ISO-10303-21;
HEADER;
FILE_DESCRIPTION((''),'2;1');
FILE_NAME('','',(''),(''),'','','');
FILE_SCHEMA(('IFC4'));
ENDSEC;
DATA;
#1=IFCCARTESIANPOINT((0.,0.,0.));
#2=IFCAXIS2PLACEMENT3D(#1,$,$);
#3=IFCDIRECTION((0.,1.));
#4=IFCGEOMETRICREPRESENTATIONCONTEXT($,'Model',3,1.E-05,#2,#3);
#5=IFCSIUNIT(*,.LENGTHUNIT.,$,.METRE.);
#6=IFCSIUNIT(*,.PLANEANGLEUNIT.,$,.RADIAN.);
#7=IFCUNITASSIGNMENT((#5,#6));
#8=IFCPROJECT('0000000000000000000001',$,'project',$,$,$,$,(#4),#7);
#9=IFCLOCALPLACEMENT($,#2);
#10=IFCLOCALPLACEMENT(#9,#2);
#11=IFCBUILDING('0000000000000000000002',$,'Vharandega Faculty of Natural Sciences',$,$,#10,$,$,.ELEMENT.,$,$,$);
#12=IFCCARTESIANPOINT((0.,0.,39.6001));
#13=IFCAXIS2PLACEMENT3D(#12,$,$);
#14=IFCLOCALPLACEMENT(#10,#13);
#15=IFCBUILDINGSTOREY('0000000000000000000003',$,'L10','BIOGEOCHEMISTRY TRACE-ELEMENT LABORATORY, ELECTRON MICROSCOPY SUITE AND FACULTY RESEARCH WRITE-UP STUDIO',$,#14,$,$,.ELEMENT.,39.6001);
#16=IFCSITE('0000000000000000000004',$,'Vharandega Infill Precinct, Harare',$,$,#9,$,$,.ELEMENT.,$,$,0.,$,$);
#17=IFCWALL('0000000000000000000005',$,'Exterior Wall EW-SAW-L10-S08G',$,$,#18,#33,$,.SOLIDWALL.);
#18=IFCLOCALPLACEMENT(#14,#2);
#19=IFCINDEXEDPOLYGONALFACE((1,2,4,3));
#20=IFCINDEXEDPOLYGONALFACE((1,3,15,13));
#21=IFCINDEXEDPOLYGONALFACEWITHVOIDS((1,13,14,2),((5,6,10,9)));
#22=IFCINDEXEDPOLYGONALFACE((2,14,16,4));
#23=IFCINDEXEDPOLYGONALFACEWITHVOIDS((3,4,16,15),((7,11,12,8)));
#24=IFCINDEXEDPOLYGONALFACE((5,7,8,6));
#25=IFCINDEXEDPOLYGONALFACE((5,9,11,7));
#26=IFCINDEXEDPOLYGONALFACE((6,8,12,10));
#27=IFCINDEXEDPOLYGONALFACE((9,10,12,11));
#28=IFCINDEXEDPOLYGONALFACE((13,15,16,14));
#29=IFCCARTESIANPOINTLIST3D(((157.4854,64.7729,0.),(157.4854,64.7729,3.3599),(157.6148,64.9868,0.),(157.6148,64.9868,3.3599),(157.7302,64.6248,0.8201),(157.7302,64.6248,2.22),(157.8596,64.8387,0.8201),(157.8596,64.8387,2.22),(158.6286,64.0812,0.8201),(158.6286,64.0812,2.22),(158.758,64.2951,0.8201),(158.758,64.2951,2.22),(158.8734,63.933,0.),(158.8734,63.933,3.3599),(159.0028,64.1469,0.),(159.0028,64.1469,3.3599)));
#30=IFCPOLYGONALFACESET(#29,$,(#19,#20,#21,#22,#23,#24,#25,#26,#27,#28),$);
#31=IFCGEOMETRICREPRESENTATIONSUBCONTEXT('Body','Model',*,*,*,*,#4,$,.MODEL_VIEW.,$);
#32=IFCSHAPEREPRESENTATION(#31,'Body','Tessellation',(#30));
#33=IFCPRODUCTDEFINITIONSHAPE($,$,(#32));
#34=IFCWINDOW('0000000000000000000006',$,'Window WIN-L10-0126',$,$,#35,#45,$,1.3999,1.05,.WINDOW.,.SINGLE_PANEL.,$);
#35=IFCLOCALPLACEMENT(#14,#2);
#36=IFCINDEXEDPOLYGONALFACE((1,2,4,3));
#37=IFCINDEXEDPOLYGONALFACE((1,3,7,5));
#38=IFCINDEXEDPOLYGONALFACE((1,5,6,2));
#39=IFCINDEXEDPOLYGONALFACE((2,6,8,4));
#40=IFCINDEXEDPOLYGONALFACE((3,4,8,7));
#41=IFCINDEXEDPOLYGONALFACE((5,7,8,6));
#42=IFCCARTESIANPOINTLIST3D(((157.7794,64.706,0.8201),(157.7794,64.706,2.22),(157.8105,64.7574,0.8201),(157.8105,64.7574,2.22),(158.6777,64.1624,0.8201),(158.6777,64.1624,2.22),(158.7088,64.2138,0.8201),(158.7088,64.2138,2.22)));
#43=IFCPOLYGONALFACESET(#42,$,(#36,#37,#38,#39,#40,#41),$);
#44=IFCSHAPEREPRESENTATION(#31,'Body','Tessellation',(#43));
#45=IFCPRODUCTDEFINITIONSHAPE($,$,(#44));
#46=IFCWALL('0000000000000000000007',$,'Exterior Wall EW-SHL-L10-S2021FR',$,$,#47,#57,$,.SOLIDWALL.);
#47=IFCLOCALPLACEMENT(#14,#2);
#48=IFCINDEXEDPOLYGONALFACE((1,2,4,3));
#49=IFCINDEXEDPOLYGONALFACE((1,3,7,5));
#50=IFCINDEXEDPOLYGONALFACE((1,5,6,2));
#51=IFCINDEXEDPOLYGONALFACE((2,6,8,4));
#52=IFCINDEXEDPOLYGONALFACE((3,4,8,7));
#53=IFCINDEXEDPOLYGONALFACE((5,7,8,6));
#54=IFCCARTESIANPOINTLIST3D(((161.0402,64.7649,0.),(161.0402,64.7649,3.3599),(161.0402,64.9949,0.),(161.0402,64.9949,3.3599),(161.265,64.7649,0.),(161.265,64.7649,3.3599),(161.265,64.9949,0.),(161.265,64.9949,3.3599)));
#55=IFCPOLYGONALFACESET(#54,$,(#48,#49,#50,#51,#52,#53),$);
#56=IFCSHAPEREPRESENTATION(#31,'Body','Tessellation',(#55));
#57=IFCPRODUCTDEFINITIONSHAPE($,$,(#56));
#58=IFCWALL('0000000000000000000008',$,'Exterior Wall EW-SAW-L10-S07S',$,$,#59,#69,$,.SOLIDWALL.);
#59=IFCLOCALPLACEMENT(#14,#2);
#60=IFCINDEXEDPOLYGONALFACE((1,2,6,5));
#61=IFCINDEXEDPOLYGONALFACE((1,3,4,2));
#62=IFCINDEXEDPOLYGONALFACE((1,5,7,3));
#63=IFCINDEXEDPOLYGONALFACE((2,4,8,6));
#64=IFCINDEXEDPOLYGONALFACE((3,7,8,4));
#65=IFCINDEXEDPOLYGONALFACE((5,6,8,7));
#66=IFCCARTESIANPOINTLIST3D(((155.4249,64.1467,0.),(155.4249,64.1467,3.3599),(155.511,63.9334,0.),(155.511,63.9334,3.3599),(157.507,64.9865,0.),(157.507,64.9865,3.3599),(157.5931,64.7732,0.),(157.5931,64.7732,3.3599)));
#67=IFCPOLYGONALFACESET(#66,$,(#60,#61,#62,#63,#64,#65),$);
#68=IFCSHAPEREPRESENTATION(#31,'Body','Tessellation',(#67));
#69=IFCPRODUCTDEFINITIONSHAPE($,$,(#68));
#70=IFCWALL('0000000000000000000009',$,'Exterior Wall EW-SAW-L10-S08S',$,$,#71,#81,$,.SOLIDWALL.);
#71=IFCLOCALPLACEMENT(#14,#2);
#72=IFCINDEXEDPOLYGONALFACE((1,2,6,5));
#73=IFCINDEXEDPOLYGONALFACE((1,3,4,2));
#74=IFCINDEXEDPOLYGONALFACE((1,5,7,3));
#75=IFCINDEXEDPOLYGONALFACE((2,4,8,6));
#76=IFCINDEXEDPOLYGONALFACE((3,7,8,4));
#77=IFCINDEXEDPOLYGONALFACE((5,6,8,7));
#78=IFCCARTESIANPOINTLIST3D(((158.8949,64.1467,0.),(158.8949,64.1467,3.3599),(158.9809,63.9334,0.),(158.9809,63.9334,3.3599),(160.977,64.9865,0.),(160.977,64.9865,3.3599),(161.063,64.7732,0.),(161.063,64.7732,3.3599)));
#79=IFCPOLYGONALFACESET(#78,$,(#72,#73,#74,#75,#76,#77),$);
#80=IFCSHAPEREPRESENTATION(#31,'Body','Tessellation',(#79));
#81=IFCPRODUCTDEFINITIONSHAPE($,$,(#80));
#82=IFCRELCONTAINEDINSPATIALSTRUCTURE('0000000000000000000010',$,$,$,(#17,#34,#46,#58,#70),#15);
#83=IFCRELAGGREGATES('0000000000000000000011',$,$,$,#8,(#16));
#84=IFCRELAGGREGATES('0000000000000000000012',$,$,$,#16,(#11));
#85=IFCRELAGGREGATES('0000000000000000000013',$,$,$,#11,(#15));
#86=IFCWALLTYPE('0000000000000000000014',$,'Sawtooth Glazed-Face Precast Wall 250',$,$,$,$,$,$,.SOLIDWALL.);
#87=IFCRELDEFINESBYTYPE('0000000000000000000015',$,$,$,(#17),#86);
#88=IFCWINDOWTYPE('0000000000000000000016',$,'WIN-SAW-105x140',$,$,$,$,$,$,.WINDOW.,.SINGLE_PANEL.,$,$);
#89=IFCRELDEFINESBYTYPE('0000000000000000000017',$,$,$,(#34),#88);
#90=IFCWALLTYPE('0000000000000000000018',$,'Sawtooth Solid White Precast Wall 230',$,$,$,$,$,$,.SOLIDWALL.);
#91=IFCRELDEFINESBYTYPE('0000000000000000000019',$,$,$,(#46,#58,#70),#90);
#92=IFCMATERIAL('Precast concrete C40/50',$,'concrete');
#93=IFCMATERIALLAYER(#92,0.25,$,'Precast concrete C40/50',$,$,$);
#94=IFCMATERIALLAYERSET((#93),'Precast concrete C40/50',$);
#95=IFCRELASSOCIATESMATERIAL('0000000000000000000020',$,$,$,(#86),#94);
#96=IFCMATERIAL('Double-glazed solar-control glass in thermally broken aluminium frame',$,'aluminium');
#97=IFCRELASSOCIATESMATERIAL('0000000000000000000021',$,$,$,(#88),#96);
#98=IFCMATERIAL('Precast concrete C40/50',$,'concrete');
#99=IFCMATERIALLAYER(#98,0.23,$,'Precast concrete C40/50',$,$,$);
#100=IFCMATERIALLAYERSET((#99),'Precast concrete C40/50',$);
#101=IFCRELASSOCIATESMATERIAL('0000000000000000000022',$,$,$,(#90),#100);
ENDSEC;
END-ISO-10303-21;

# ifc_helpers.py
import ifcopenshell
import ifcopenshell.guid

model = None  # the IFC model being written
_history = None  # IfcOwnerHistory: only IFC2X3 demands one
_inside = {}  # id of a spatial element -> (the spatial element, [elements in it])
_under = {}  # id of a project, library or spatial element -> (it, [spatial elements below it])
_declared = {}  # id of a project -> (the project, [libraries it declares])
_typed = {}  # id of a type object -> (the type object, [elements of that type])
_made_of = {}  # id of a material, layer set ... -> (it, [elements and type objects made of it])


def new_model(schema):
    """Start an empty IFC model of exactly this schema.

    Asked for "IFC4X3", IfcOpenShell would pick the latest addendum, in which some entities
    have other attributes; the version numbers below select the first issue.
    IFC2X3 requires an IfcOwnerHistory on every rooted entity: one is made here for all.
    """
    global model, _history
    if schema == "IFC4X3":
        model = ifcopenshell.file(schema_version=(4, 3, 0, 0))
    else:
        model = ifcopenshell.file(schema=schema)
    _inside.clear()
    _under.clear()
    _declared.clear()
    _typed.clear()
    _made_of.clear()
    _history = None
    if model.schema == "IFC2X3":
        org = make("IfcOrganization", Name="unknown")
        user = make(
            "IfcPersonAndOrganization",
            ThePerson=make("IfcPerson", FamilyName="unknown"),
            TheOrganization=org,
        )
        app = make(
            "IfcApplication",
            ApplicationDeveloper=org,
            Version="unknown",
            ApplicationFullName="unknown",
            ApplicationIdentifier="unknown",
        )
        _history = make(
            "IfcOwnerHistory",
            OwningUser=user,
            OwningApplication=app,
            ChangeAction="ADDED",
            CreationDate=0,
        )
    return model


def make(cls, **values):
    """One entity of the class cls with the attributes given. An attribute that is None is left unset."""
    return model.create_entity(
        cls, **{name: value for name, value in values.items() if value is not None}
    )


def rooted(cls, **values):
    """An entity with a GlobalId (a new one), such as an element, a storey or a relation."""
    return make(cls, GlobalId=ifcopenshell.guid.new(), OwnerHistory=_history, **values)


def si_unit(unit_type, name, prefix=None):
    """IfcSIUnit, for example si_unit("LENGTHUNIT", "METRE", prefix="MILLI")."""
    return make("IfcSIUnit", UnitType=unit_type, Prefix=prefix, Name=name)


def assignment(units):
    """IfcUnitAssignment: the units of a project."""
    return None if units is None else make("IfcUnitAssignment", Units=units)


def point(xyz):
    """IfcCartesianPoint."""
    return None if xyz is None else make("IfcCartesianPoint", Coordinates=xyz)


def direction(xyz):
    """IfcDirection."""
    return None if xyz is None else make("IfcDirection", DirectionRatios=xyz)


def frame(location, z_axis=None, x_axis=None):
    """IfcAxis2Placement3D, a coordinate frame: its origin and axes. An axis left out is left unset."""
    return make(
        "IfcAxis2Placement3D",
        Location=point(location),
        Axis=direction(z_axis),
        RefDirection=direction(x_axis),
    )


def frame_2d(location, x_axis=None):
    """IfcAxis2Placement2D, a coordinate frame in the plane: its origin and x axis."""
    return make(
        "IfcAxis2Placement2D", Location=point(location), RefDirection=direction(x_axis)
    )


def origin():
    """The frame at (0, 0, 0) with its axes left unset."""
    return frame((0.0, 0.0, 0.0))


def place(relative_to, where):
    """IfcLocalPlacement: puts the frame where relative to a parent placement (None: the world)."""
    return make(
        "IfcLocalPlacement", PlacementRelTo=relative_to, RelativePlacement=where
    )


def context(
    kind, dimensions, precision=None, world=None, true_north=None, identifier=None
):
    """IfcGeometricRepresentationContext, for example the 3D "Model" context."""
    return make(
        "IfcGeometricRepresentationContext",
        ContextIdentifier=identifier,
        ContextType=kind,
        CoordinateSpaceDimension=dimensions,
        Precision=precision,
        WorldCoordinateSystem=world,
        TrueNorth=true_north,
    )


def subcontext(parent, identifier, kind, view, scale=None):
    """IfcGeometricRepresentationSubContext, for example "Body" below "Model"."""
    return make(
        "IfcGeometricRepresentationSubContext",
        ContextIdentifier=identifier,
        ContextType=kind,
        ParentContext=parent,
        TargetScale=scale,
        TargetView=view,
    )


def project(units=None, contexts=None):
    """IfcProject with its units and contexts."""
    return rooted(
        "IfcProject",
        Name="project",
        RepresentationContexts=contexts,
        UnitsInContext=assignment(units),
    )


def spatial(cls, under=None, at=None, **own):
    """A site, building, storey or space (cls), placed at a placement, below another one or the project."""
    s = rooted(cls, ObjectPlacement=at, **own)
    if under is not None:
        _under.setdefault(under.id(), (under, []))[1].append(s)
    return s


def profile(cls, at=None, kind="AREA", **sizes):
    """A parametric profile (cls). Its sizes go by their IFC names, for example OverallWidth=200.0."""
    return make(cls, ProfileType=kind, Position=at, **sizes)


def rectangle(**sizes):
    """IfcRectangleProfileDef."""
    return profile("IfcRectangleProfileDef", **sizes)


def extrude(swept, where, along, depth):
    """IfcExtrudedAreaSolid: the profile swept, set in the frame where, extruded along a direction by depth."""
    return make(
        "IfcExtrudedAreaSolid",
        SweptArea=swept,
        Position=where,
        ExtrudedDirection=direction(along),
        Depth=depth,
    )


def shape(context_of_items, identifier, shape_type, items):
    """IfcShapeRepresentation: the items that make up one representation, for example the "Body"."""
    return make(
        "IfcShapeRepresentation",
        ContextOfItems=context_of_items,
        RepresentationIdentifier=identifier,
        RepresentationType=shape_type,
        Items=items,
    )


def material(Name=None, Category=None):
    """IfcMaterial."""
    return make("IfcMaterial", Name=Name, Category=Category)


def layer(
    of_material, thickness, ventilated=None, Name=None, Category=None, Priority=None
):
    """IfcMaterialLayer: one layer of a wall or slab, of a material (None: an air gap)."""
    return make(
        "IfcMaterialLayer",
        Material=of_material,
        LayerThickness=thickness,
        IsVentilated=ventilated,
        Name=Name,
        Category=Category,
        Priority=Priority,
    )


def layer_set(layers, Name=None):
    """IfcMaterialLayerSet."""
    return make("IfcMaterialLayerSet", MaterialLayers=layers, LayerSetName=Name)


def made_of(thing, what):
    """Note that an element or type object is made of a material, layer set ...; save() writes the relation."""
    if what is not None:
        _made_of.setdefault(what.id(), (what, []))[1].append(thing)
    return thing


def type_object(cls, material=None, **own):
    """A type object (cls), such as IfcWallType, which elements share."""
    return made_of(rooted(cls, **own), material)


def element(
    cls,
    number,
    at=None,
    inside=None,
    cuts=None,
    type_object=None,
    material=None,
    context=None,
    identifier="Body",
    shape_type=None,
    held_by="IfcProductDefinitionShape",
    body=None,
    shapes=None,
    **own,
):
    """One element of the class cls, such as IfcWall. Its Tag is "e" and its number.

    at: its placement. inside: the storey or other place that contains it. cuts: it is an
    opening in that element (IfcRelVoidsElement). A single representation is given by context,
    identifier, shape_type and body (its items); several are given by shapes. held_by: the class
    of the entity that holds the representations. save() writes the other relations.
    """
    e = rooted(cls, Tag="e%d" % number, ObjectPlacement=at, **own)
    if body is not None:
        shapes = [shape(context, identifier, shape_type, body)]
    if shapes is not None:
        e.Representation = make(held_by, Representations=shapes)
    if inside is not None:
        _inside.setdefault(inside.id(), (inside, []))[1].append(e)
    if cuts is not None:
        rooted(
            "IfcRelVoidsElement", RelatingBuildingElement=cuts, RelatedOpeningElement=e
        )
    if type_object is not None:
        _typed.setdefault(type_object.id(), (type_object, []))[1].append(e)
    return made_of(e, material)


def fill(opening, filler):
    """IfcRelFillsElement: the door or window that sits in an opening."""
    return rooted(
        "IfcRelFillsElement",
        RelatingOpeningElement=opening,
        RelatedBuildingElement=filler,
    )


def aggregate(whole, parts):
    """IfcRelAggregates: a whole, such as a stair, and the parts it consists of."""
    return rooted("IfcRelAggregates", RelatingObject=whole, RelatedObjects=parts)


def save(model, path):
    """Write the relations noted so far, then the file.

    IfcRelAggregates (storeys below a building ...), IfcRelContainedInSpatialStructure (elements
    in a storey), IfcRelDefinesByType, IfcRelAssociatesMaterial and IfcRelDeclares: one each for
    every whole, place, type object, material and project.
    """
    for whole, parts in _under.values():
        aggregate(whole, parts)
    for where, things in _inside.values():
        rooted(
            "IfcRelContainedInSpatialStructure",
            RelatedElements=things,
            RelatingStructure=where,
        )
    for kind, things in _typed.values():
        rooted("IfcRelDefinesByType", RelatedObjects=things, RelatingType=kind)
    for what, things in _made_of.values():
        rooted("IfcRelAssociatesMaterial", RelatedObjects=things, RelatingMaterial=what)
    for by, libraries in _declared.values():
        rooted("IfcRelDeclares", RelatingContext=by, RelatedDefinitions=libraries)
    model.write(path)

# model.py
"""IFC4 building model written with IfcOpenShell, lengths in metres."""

from ifc_helpers import new_model, si_unit, direction, frame, frame_2d, origin, place, context, subcontext, project, spatial, rectangle, extrude, material, layer, layer_set, type_object, element, fill, save


model = new_model("IFC4")

# Units and contexts
model_context = context("Model", 3, precision=1e-05, world=origin(), true_north=direction((0.0, 1.0)))
body_context = subcontext(model_context, "Body", "Model", "MODEL_VIEW")
ifc_project = project(units=[si_unit("LENGTHUNIT", "METRE"), si_unit("PLANEANGLEUNIT", "RADIAN")], contexts=[model_context])

# Site, building, storey
site_placement = place(None, origin())
site = spatial("IfcSite", under=ifc_project, at=site_placement, Name="Vharandega Infill Precinct, Harare", CompositionType="ELEMENT", RefElevation=0.0)
building_placement = place(site_placement, origin())
building = spatial("IfcBuilding", under=site, at=building_placement, Name="Vharandega Faculty of Natural Sciences", CompositionType="ELEMENT")
storey_placement = place(building_placement, frame((0.0, 0.0, 39.6001)))
storey = spatial("IfcBuildingStorey", under=building, at=storey_placement, Name="L10", Description="BIOGEOCHEMISTRY TRACE-ELEMENT LABORATORY, ELECTRON MICROSCOPY SUITE AND FACULTY RESEARCH WRITE-UP STUDIO", CompositionType="ELEMENT", Elevation=39.6001)

# Wall, opening, window
ifc_material_1 = material(Name="Precast concrete C40/50", Category="concrete")
ifc_layer_1 = layer(ifc_material_1, 0.25, Name="Precast concrete C40/50")
ifc_layer_set_1 = layer_set([ifc_layer_1], Name="Precast concrete C40/50")
wall_type_1 = type_object("IfcWallType", Name="Sawtooth Glazed-Face Precast Wall 250", PredefinedType="SOLIDWALL", material=ifc_layer_set_1)
wall_1_placement = place(storey_placement, frame((158.938, 64.04, 0.0), z_axis=(0.0, 0.0, 1.0), x_axis=(-0.855561, 0.517701, 0.0)))
wall_1 = element("IfcWall", 1, at=wall_1_placement, inside=storey, type_object=wall_type_1, Name="Exterior Wall EW-SAW-L10-S08G", PredefinedType="SOLIDWALL", context=body_context, shape_type="SweptSolid", body=[
    extrude(rectangle(XDim=1.6223, YDim=0.25, at=frame_2d((0.811, 0.0))), origin(), (0.0, 0.0, 1.0), 3.3599),
])
opening_1_placement = place(wall_1_placement, frame((0.2861, 0.0, 0.8201)))
opening_1 = element("IfcOpeningElement", 2, at=opening_1_placement, cuts=wall_1, PredefinedType="OPENING", context=body_context, shape_type="SweptSolid", body=[
    extrude(rectangle(XDim=1.05, YDim=1.3999, at=frame_2d((0.5249, 0.7))), frame((0.0, 0.135, 0.0), z_axis=(0.0, -1.0, 0.0), x_axis=(1.0, 0.0, 0.0)), (0.0, 0.0, 1.0), 0.27),
])
ifc_material_2 = material(Name="Double-glazed solar-control glass in thermally broken aluminium frame", Category="aluminium")
window_type = type_object("IfcWindowType", Name="WIN-SAW-105x140", PartitioningType="SINGLE_PANEL", PredefinedType="WINDOW", material=ifc_material_2)
window_placement = place(opening_1_placement, origin())
window = element("IfcWindow", 3, at=window_placement, inside=storey, type_object=window_type, Name="Window WIN-L10-0126", OverallHeight=1.3999, OverallWidth=1.05, PartitioningType="SINGLE_PANEL", PredefinedType="WINDOW", context=body_context, shape_type="SweptSolid", body=[
    extrude(rectangle(XDim=1.05, YDim=1.3999, at=frame_2d((0.5249, 0.7))), frame((0.0, 0.03, 0.0), z_axis=(0.0, -1.0, 0.0), x_axis=(1.0, 0.0, 0.0)), (0.0, 0.0, 1.0), 0.0601),
])
fill(opening_1, window)

# Walls
ifc_material_3 = material(Name="Precast concrete C40/50", Category="concrete")
ifc_layer_2 = layer(ifc_material_3, 0.23, Name="Precast concrete C40/50")
ifc_layer_set_2 = layer_set([ifc_layer_2], Name="Precast concrete C40/50")
wall_type_2 = type_object("IfcWallType", Name="Sawtooth Solid White Precast Wall 230", PredefinedType="SOLIDWALL", material=ifc_layer_set_2)
wall_2_placement = place(storey_placement, frame((161.2649, 64.8799, 0.0), z_axis=(0.0, 0.0, 1.0), x_axis=(-1.0, 0.0, 0.0)))
element("IfcWall", 4, at=wall_2_placement, inside=storey, type_object=wall_type_2, Name="Exterior Wall EW-SHL-L10-S2021FR", PredefinedType="SOLIDWALL", context=body_context, shape_type="SweptSolid", body=[
    extrude(rectangle(XDim=0.2249, YDim=0.23, at=frame_2d((0.1123, 0.0))), origin(), (0.0, 0.0, 1.0), 3.3599),
])
for number, where, z_axis, x_axis, name in (
    (5, (157.55, 64.8799, 0.0), (0.0, 0.0, 1.0), (-0.927393, -0.374089, 0.0), "Exterior Wall EW-SAW-L10-S07S"),
    (6, (161.02, 64.8799, 0.0), (0.0, 0.0, 1.0), (-0.927393, -0.374089, 0.0), "Exterior Wall EW-SAW-L10-S08S"),
):
    element("IfcWall", number, at=place(storey_placement, frame(where, z_axis=z_axis, x_axis=x_axis)), inside=storey, type_object=wall_type_2, Name=name, PredefinedType="SOLIDWALL", context=body_context, shape_type="SweptSolid", body=[
        extrude(rectangle(XDim=2.2451, YDim=0.23, at=frame_2d((1.1226, 0.0))), origin(), (0.0, 0.0, 1.0), 3.3599),
    ])

save(model, "model.ifc")
